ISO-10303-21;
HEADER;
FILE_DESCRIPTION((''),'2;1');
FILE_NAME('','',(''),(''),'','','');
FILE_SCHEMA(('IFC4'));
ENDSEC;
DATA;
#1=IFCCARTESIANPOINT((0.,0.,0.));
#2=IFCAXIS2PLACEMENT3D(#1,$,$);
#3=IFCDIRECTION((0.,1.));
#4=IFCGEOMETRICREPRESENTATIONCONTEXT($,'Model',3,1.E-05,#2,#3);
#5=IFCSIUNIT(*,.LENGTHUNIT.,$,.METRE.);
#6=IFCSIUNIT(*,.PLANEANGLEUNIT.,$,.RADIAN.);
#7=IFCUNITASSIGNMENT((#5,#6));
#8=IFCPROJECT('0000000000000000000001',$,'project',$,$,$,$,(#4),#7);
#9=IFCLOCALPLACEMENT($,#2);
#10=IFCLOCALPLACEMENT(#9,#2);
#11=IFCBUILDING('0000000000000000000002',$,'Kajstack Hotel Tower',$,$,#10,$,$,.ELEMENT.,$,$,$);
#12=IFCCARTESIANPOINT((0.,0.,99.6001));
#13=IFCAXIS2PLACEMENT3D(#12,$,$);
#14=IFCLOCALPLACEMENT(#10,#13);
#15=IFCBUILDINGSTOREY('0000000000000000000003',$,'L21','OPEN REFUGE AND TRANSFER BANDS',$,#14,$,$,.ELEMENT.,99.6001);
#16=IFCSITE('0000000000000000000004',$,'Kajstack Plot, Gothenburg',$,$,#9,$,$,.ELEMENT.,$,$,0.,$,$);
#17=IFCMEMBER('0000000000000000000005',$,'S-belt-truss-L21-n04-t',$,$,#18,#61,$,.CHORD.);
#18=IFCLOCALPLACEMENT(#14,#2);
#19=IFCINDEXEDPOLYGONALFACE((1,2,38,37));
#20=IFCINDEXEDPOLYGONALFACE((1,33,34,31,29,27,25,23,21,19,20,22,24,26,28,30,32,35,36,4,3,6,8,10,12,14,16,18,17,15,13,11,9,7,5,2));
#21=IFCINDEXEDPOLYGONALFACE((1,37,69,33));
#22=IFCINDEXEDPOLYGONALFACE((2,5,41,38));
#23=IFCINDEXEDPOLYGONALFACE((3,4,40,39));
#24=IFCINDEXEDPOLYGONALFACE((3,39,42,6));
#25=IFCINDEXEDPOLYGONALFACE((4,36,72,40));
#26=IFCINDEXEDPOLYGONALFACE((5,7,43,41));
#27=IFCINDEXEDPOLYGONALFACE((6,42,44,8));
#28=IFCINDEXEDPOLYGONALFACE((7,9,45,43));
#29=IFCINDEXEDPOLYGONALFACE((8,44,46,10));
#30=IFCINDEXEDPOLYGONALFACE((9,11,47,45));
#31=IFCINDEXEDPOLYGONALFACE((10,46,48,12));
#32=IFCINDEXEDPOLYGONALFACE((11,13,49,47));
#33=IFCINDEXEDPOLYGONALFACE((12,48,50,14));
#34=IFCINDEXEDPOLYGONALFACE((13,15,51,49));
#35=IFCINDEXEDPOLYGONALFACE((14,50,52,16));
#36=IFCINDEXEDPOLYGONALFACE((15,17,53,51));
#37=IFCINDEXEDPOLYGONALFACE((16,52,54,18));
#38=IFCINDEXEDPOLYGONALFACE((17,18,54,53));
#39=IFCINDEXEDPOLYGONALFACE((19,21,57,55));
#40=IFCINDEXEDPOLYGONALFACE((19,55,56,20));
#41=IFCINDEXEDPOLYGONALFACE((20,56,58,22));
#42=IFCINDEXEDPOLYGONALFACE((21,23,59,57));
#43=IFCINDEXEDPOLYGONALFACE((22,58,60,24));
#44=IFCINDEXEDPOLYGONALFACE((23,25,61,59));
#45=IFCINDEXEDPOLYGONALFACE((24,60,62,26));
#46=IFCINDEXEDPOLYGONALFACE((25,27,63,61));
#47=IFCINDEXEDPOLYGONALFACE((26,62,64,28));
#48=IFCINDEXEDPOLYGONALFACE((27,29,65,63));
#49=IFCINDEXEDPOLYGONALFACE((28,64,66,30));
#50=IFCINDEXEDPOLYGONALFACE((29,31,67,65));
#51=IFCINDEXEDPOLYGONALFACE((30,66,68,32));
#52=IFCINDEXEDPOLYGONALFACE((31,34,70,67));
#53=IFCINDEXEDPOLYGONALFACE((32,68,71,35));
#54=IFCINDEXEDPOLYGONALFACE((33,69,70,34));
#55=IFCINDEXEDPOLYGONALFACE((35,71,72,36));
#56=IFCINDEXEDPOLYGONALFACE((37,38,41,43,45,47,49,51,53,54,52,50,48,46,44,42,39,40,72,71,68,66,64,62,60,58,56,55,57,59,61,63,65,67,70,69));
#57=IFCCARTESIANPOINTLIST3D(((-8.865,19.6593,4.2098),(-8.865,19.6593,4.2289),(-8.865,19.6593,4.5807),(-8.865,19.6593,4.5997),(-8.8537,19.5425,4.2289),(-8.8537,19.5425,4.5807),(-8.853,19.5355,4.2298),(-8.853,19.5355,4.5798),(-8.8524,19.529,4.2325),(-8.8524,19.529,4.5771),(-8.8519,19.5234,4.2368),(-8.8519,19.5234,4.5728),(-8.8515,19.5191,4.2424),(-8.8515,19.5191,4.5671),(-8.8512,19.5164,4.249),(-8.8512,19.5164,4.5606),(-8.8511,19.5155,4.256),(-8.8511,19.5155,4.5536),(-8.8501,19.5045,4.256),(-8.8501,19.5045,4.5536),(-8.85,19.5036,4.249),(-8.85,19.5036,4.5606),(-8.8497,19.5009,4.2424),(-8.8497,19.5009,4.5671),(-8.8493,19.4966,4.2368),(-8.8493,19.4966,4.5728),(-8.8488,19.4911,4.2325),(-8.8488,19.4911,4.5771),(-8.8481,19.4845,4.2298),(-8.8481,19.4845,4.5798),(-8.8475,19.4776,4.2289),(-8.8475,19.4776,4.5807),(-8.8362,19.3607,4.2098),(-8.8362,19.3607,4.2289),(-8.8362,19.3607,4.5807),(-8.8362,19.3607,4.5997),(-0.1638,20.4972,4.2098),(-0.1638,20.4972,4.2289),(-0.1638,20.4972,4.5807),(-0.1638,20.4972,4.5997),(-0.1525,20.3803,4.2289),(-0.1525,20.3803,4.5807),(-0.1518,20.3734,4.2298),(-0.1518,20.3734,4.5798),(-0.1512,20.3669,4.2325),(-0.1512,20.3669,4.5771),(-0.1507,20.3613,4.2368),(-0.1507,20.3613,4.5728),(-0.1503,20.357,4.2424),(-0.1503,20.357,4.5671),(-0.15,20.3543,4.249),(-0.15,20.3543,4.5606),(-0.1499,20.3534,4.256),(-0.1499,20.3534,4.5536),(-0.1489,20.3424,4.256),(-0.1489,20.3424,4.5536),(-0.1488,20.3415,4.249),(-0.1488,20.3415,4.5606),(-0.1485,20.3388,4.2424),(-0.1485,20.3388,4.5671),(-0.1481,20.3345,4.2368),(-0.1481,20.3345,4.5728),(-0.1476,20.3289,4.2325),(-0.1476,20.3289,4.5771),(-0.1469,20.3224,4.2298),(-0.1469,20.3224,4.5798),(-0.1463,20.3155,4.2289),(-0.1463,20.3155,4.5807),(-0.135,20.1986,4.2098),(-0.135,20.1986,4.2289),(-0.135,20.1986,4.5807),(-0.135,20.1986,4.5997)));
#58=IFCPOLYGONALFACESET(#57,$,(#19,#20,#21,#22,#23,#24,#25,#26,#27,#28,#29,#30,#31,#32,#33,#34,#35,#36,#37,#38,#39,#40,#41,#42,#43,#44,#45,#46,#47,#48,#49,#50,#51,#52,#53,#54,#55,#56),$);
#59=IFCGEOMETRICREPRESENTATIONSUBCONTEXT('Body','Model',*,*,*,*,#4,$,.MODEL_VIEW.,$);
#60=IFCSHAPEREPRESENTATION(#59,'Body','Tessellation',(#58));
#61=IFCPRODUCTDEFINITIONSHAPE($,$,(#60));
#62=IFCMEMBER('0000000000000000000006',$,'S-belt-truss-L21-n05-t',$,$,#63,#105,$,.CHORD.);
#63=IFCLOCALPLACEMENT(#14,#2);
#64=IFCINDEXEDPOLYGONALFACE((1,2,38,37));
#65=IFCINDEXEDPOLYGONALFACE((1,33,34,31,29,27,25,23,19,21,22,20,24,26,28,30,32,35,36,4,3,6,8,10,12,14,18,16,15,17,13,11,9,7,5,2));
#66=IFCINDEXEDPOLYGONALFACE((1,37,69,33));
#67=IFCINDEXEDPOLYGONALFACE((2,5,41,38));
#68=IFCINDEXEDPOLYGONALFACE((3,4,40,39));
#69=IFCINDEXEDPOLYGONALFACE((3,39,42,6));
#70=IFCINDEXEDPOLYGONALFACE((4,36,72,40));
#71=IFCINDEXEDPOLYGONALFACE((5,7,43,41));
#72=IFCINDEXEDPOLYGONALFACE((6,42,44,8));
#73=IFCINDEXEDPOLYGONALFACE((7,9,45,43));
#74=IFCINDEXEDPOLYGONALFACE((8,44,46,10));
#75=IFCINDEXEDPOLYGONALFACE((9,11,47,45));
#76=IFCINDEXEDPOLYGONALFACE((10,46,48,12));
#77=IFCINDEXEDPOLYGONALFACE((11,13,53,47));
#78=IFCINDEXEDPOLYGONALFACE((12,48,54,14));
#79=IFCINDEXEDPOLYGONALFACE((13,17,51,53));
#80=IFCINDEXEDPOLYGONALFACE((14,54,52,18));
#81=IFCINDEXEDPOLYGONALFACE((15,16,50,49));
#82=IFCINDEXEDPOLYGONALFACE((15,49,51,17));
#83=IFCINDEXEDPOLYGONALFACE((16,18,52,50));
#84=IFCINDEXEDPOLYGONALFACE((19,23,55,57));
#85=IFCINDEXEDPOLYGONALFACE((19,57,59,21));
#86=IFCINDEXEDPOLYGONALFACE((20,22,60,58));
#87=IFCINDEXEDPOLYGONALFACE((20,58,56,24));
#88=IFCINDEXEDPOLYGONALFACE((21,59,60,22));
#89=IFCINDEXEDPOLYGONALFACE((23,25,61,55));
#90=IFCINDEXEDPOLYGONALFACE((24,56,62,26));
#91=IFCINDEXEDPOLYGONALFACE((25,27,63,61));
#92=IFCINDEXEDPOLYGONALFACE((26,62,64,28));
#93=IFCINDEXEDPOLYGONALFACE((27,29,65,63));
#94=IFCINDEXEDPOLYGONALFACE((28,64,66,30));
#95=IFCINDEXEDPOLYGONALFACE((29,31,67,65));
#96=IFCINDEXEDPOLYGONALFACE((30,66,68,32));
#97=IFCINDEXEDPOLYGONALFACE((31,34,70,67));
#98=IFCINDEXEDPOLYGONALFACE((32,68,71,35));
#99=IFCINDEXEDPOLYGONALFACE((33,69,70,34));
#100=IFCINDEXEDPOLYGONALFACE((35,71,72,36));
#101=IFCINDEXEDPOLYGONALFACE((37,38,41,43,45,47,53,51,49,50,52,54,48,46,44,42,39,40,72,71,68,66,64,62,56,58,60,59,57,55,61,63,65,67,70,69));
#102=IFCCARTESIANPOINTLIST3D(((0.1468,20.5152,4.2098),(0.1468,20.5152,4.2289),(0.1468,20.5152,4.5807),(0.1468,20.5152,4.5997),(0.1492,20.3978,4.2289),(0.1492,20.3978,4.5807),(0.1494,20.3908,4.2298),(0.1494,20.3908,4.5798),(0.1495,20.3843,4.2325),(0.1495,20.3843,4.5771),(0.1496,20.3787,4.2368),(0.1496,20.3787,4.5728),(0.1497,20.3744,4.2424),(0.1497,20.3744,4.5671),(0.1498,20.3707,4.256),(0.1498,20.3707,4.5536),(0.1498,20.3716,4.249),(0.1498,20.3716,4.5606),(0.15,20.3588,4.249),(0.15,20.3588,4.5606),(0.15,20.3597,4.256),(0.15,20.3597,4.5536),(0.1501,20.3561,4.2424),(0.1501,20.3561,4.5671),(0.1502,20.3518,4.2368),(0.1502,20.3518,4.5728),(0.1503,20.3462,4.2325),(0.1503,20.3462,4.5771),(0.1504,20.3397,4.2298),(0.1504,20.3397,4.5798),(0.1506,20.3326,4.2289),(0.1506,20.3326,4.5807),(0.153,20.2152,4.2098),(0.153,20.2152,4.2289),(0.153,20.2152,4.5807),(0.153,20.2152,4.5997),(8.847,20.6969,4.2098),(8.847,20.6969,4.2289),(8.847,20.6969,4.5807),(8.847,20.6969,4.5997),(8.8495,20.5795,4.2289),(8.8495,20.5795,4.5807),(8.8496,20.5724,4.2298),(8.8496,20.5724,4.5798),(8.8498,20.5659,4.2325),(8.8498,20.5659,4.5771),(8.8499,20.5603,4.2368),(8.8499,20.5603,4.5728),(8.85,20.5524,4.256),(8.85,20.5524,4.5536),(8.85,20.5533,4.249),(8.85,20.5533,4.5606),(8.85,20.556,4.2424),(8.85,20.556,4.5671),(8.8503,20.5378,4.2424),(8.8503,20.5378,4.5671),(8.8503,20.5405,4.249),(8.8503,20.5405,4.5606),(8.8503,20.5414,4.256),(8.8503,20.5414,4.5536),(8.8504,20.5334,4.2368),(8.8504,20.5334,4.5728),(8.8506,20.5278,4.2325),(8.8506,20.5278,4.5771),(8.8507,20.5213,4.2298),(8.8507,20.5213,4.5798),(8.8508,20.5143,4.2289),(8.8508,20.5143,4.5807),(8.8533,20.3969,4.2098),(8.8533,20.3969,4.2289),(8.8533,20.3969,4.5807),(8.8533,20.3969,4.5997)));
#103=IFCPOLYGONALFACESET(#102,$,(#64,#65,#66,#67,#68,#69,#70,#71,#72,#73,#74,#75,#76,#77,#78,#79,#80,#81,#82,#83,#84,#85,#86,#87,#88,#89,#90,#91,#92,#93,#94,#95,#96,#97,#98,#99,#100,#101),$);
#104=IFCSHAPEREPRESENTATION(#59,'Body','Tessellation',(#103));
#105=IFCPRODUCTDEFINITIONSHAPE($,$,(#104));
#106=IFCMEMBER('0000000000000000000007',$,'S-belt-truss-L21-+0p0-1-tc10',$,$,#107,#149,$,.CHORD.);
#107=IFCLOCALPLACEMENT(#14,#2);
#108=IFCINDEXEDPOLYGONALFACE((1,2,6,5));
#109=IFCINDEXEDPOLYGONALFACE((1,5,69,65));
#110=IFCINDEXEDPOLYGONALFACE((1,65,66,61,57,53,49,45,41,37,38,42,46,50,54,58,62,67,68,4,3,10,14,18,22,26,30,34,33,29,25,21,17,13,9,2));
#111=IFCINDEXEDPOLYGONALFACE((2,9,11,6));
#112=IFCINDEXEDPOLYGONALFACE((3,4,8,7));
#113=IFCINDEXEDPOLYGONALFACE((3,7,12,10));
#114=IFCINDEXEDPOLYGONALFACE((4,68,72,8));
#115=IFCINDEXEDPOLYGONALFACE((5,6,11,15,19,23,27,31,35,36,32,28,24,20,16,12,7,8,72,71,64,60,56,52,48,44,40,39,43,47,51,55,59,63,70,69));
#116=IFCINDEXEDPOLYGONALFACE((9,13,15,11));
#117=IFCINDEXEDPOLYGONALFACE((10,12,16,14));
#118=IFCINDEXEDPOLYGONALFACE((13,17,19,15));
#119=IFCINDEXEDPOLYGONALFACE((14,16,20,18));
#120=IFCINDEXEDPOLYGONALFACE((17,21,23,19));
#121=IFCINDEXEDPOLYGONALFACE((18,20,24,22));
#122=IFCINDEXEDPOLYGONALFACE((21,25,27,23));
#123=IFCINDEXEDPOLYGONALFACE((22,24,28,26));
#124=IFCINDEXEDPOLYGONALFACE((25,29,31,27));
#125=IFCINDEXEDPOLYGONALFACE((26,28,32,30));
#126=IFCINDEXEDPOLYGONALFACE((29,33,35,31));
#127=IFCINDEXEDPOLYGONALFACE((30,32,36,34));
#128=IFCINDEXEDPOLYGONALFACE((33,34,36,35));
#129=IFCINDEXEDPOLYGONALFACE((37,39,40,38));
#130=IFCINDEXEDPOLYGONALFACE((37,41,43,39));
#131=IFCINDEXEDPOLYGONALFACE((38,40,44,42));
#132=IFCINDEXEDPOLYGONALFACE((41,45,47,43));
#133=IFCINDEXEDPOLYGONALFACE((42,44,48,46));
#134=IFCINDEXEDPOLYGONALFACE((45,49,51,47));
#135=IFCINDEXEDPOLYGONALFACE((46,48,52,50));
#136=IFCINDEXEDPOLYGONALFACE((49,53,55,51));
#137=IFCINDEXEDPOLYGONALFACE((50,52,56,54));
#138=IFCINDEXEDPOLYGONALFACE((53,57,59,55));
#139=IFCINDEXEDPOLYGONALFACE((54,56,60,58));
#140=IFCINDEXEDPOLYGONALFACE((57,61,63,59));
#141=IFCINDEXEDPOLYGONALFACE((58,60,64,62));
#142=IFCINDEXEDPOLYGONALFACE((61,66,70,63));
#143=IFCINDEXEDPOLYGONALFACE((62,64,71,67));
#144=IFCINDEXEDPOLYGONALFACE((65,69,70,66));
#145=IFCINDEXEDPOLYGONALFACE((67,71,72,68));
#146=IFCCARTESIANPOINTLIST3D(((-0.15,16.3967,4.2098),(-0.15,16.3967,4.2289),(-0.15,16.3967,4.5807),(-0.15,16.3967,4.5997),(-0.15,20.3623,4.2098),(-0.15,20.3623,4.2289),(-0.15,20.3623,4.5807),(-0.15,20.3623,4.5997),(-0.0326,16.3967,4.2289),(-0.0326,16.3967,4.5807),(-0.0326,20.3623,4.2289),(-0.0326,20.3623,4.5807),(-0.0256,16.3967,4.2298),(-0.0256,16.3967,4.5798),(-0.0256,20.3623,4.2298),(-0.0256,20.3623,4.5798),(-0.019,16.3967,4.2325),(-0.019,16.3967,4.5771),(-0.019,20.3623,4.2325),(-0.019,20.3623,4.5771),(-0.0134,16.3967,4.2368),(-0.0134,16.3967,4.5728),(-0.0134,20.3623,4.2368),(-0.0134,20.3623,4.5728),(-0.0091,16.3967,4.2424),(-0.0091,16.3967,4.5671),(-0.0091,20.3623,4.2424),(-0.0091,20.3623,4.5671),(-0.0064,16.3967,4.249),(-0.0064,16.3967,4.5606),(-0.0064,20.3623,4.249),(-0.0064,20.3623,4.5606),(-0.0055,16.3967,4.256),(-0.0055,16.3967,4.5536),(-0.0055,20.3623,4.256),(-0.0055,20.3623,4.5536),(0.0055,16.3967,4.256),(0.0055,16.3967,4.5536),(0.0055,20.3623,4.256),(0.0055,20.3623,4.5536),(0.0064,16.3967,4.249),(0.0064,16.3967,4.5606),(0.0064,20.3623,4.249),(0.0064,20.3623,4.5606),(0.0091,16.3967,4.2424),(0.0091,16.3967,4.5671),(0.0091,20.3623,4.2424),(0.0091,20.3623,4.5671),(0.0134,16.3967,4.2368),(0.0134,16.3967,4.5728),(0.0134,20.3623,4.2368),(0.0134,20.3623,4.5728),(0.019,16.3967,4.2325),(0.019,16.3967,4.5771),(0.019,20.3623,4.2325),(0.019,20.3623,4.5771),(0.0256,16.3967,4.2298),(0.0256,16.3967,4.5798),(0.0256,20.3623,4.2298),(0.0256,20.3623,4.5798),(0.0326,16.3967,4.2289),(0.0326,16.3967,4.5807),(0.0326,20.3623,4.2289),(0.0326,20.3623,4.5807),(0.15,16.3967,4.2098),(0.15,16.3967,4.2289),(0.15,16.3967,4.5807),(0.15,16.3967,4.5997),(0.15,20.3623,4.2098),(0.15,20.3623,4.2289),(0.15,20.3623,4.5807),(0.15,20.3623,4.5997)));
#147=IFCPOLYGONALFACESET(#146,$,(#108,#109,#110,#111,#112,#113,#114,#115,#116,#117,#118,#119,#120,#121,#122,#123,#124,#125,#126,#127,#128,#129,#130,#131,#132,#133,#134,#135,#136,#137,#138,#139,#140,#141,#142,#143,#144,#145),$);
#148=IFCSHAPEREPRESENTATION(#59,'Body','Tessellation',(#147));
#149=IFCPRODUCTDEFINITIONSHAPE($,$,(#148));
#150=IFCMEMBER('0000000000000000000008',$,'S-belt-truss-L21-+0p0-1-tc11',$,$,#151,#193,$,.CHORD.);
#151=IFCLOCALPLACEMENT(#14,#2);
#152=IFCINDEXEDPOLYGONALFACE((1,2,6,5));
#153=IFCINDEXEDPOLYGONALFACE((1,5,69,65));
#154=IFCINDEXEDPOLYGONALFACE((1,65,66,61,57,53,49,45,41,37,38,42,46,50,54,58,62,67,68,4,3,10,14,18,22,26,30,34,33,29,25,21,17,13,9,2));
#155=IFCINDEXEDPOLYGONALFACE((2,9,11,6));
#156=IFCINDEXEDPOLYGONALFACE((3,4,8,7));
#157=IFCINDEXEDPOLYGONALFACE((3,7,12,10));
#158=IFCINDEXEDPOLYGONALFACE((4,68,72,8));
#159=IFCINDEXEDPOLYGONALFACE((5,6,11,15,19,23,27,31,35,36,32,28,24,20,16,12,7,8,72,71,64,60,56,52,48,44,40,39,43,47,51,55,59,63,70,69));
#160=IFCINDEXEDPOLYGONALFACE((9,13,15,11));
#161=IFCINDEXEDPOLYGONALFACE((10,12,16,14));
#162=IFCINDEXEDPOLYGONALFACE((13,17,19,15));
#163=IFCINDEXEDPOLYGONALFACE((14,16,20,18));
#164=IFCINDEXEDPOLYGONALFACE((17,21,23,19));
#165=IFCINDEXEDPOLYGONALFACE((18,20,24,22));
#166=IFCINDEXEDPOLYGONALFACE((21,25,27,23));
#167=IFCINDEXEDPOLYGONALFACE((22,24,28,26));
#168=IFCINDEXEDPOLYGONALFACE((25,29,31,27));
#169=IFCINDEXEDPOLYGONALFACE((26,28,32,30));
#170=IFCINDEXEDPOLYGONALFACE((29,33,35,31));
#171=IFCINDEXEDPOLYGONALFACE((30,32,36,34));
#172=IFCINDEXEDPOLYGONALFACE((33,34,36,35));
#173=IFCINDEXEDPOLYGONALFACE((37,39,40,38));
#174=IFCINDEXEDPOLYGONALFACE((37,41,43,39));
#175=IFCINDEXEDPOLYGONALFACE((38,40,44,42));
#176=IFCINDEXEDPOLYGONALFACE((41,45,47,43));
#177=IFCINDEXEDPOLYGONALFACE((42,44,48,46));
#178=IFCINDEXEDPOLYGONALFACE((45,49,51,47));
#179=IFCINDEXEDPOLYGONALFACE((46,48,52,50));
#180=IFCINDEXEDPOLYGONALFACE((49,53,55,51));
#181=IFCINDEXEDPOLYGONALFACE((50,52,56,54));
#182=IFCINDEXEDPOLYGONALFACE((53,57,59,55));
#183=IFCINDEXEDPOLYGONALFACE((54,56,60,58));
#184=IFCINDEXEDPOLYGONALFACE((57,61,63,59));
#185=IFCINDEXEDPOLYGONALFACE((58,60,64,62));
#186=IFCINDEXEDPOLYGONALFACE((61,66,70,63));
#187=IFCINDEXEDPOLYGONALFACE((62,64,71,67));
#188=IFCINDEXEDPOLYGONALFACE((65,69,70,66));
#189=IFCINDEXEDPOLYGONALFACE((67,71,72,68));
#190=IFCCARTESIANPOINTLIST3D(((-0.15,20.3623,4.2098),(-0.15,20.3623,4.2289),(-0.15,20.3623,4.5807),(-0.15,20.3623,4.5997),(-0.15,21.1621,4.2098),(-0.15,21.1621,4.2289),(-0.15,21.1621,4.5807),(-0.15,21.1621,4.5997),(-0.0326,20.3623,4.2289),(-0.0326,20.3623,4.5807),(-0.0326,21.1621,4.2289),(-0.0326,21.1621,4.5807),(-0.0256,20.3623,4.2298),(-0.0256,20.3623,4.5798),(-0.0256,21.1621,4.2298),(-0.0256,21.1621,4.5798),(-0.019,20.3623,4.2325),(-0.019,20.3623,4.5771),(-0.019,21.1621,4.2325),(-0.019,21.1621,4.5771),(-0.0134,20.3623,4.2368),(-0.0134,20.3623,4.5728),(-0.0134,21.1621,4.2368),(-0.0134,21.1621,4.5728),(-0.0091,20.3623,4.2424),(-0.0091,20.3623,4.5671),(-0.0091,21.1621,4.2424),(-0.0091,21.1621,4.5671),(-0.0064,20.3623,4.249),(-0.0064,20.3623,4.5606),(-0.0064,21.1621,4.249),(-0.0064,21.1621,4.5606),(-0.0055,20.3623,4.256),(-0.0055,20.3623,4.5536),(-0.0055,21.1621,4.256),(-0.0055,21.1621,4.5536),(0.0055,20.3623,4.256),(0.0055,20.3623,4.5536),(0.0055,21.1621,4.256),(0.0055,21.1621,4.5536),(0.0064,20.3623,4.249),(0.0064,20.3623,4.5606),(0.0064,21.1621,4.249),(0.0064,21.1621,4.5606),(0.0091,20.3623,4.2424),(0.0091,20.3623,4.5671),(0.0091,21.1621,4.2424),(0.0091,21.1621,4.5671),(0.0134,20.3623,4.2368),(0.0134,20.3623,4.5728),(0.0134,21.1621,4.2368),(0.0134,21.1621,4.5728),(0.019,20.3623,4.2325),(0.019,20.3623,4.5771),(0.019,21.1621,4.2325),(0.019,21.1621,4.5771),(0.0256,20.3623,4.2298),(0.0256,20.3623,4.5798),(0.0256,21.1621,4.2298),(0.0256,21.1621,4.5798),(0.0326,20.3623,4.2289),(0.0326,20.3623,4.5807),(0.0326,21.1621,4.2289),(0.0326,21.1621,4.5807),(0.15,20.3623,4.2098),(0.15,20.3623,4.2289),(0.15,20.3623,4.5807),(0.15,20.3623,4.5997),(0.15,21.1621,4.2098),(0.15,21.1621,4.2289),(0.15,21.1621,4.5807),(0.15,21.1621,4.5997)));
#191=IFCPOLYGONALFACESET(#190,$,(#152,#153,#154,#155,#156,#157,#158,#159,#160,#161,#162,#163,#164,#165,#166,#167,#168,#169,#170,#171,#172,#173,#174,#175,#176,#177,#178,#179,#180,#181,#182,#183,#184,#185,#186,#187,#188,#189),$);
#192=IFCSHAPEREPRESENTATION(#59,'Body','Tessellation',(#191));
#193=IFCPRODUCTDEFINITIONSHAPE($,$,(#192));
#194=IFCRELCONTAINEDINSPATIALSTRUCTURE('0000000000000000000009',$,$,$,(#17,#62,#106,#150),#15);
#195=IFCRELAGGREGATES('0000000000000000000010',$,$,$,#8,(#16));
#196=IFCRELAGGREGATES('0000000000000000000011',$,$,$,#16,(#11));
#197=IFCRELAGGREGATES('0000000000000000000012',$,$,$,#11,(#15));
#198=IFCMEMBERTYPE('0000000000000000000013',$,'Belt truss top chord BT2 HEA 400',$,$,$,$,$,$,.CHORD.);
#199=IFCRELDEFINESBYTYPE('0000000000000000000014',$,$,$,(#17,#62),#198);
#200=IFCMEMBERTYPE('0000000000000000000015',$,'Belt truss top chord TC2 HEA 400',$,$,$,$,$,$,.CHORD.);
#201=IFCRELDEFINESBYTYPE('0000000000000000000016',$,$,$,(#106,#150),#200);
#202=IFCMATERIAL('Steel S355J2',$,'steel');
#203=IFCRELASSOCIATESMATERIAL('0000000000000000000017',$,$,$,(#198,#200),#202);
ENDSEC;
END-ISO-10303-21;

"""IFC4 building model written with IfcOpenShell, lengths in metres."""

from ifc_helpers import new_model, si_unit, direction, frame, origin, origin_2d, place, context, subcontext, project, spatial, i_section, extrude, material, material_profile, profile_set, type_object, element, save


model = new_model("IFC4")

# Units and contexts
model_context = context("Model", 3, precision=1e-05, world=origin(), true_north=direction((0.0, 1.0)))
body_context = subcontext(model_context, "Body", "Model", "MODEL_VIEW")
ifc_project = project(units=[si_unit("LENGTHUNIT", "METRE"), si_unit("PLANEANGLEUNIT", "RADIAN")], contexts=[model_context])

# Site, building, storey
site_placement = place(None, origin())
site = spatial("IfcSite", under=ifc_project, at=site_placement, Name="Kajstack Plot, Gothenburg", CompositionType="ELEMENT", RefElevation=0.0)
building_placement = place(site_placement, origin())
building = spatial("IfcBuilding", under=site, at=building_placement, Name="Kajstack Hotel Tower", CompositionType="ELEMENT")
storey_placement = place(building_placement, frame((0.0, 0.0, 99.6001)))
storey = spatial("IfcBuildingStorey", under=building, at=storey_placement, Name="L21", Description="OPEN REFUGE AND TRANSFER BANDS", CompositionType="ELEMENT", Elevation=99.6001)

# Members
ifc_material = material(Name="Steel S355J2", Category="steel")
ifc_material_profile_1 = material_profile(ifc_material, i_section(OverallWidth=0.3, OverallDepth=0.3899, WebThickness=0.011, FlangeThickness=0.019, FilletRadius=0.0271, at=origin_2d()), Name="HEA 400")
ifc_profile_set_1 = profile_set([ifc_material_profile_1], Name="Steel S355J2")
member_type_1 = type_object("IfcMemberType", Name="Belt truss top chord BT2 HEA 400", PredefinedType="CHORD", material=ifc_profile_set_1)
member_1_placement = place(storey_placement, frame((-8.8506, 19.51, 4.4048), z_axis=(0.995396, 0.095853, 0.0), x_axis=(-0.095853, 0.995396, 0.0)))
element("IfcMember", 1, at=member_1_placement, inside=storey, type_object=member_type_1, Name="S-belt-truss-L21-n04-t", PredefinedType="CHORD", context=body_context, shape_type="SweptSolid", body=[
    extrude(i_section(OverallWidth=0.3, OverallDepth=0.3899, WebThickness=0.011, FlangeThickness=0.019, FilletRadius=0.0271, at=origin_2d()), origin(), (0.0, 0.0, 1.0), 8.7415),
])
member_2_placement = place(storey_placement, frame((0.1499, 20.3652, 4.4048), z_axis=(0.999782, 0.020873, 0.0), x_axis=(-0.020873, 0.999782, 0.0)))
element("IfcMember", 2, at=member_2_placement, inside=storey, type_object=member_type_1, Name="S-belt-truss-L21-n05-t", PredefinedType="CHORD", context=body_context, shape_type="SweptSolid", body=[
    extrude(i_section(OverallWidth=0.3, OverallDepth=0.3899, WebThickness=0.011, FlangeThickness=0.019, FilletRadius=0.0271, at=origin_2d()), origin(), (0.0, 0.0, 1.0), 8.7021),
])
ifc_material_profile_2 = material_profile(ifc_material, i_section(OverallWidth=0.3, OverallDepth=0.3899, WebThickness=0.011, FlangeThickness=0.019, FilletRadius=0.0271, at=origin_2d()), Name="HEA 400")
ifc_profile_set_2 = profile_set([ifc_material_profile_2], Name="Steel S355J2")
member_type_2 = type_object("IfcMemberType", Name="Belt truss top chord TC2 HEA 400", PredefinedType="CHORD", material=ifc_profile_set_2)
member_3_placement = place(storey_placement, frame((0.0, 16.3967, 4.4048), z_axis=(0.0, 1.0, 0.0), x_axis=(-1.0, 0.0, 0.0)))
element("IfcMember", 3, at=member_3_placement, inside=storey, type_object=member_type_2, Name="S-belt-truss-L21-+0p0-1-tc10", PredefinedType="CHORD", context=body_context, shape_type="SweptSolid", body=[
    extrude(i_section(OverallWidth=0.3, OverallDepth=0.3899, WebThickness=0.011, FlangeThickness=0.019, FilletRadius=0.0271, at=origin_2d()), origin(), (0.0, 0.0, 1.0), 3.9656),
])
member_4_placement = place(storey_placement, frame((0.0, 20.3623, 4.4048), z_axis=(0.0, 1.0, 0.0), x_axis=(-1.0, 0.0, 0.0)))
element("IfcMember", 4, at=member_4_placement, inside=storey, type_object=member_type_2, Name="S-belt-truss-L21-+0p0-1-tc11", PredefinedType="CHORD", context=body_context, shape_type="SweptSolid", body=[
    extrude(i_section(OverallWidth=0.3, OverallDepth=0.3899, WebThickness=0.011, FlangeThickness=0.019, FilletRadius=0.0271, at=origin_2d()), origin(), (0.0, 0.0, 1.0), 0.7998),
])

save(model, "model.ifc")
